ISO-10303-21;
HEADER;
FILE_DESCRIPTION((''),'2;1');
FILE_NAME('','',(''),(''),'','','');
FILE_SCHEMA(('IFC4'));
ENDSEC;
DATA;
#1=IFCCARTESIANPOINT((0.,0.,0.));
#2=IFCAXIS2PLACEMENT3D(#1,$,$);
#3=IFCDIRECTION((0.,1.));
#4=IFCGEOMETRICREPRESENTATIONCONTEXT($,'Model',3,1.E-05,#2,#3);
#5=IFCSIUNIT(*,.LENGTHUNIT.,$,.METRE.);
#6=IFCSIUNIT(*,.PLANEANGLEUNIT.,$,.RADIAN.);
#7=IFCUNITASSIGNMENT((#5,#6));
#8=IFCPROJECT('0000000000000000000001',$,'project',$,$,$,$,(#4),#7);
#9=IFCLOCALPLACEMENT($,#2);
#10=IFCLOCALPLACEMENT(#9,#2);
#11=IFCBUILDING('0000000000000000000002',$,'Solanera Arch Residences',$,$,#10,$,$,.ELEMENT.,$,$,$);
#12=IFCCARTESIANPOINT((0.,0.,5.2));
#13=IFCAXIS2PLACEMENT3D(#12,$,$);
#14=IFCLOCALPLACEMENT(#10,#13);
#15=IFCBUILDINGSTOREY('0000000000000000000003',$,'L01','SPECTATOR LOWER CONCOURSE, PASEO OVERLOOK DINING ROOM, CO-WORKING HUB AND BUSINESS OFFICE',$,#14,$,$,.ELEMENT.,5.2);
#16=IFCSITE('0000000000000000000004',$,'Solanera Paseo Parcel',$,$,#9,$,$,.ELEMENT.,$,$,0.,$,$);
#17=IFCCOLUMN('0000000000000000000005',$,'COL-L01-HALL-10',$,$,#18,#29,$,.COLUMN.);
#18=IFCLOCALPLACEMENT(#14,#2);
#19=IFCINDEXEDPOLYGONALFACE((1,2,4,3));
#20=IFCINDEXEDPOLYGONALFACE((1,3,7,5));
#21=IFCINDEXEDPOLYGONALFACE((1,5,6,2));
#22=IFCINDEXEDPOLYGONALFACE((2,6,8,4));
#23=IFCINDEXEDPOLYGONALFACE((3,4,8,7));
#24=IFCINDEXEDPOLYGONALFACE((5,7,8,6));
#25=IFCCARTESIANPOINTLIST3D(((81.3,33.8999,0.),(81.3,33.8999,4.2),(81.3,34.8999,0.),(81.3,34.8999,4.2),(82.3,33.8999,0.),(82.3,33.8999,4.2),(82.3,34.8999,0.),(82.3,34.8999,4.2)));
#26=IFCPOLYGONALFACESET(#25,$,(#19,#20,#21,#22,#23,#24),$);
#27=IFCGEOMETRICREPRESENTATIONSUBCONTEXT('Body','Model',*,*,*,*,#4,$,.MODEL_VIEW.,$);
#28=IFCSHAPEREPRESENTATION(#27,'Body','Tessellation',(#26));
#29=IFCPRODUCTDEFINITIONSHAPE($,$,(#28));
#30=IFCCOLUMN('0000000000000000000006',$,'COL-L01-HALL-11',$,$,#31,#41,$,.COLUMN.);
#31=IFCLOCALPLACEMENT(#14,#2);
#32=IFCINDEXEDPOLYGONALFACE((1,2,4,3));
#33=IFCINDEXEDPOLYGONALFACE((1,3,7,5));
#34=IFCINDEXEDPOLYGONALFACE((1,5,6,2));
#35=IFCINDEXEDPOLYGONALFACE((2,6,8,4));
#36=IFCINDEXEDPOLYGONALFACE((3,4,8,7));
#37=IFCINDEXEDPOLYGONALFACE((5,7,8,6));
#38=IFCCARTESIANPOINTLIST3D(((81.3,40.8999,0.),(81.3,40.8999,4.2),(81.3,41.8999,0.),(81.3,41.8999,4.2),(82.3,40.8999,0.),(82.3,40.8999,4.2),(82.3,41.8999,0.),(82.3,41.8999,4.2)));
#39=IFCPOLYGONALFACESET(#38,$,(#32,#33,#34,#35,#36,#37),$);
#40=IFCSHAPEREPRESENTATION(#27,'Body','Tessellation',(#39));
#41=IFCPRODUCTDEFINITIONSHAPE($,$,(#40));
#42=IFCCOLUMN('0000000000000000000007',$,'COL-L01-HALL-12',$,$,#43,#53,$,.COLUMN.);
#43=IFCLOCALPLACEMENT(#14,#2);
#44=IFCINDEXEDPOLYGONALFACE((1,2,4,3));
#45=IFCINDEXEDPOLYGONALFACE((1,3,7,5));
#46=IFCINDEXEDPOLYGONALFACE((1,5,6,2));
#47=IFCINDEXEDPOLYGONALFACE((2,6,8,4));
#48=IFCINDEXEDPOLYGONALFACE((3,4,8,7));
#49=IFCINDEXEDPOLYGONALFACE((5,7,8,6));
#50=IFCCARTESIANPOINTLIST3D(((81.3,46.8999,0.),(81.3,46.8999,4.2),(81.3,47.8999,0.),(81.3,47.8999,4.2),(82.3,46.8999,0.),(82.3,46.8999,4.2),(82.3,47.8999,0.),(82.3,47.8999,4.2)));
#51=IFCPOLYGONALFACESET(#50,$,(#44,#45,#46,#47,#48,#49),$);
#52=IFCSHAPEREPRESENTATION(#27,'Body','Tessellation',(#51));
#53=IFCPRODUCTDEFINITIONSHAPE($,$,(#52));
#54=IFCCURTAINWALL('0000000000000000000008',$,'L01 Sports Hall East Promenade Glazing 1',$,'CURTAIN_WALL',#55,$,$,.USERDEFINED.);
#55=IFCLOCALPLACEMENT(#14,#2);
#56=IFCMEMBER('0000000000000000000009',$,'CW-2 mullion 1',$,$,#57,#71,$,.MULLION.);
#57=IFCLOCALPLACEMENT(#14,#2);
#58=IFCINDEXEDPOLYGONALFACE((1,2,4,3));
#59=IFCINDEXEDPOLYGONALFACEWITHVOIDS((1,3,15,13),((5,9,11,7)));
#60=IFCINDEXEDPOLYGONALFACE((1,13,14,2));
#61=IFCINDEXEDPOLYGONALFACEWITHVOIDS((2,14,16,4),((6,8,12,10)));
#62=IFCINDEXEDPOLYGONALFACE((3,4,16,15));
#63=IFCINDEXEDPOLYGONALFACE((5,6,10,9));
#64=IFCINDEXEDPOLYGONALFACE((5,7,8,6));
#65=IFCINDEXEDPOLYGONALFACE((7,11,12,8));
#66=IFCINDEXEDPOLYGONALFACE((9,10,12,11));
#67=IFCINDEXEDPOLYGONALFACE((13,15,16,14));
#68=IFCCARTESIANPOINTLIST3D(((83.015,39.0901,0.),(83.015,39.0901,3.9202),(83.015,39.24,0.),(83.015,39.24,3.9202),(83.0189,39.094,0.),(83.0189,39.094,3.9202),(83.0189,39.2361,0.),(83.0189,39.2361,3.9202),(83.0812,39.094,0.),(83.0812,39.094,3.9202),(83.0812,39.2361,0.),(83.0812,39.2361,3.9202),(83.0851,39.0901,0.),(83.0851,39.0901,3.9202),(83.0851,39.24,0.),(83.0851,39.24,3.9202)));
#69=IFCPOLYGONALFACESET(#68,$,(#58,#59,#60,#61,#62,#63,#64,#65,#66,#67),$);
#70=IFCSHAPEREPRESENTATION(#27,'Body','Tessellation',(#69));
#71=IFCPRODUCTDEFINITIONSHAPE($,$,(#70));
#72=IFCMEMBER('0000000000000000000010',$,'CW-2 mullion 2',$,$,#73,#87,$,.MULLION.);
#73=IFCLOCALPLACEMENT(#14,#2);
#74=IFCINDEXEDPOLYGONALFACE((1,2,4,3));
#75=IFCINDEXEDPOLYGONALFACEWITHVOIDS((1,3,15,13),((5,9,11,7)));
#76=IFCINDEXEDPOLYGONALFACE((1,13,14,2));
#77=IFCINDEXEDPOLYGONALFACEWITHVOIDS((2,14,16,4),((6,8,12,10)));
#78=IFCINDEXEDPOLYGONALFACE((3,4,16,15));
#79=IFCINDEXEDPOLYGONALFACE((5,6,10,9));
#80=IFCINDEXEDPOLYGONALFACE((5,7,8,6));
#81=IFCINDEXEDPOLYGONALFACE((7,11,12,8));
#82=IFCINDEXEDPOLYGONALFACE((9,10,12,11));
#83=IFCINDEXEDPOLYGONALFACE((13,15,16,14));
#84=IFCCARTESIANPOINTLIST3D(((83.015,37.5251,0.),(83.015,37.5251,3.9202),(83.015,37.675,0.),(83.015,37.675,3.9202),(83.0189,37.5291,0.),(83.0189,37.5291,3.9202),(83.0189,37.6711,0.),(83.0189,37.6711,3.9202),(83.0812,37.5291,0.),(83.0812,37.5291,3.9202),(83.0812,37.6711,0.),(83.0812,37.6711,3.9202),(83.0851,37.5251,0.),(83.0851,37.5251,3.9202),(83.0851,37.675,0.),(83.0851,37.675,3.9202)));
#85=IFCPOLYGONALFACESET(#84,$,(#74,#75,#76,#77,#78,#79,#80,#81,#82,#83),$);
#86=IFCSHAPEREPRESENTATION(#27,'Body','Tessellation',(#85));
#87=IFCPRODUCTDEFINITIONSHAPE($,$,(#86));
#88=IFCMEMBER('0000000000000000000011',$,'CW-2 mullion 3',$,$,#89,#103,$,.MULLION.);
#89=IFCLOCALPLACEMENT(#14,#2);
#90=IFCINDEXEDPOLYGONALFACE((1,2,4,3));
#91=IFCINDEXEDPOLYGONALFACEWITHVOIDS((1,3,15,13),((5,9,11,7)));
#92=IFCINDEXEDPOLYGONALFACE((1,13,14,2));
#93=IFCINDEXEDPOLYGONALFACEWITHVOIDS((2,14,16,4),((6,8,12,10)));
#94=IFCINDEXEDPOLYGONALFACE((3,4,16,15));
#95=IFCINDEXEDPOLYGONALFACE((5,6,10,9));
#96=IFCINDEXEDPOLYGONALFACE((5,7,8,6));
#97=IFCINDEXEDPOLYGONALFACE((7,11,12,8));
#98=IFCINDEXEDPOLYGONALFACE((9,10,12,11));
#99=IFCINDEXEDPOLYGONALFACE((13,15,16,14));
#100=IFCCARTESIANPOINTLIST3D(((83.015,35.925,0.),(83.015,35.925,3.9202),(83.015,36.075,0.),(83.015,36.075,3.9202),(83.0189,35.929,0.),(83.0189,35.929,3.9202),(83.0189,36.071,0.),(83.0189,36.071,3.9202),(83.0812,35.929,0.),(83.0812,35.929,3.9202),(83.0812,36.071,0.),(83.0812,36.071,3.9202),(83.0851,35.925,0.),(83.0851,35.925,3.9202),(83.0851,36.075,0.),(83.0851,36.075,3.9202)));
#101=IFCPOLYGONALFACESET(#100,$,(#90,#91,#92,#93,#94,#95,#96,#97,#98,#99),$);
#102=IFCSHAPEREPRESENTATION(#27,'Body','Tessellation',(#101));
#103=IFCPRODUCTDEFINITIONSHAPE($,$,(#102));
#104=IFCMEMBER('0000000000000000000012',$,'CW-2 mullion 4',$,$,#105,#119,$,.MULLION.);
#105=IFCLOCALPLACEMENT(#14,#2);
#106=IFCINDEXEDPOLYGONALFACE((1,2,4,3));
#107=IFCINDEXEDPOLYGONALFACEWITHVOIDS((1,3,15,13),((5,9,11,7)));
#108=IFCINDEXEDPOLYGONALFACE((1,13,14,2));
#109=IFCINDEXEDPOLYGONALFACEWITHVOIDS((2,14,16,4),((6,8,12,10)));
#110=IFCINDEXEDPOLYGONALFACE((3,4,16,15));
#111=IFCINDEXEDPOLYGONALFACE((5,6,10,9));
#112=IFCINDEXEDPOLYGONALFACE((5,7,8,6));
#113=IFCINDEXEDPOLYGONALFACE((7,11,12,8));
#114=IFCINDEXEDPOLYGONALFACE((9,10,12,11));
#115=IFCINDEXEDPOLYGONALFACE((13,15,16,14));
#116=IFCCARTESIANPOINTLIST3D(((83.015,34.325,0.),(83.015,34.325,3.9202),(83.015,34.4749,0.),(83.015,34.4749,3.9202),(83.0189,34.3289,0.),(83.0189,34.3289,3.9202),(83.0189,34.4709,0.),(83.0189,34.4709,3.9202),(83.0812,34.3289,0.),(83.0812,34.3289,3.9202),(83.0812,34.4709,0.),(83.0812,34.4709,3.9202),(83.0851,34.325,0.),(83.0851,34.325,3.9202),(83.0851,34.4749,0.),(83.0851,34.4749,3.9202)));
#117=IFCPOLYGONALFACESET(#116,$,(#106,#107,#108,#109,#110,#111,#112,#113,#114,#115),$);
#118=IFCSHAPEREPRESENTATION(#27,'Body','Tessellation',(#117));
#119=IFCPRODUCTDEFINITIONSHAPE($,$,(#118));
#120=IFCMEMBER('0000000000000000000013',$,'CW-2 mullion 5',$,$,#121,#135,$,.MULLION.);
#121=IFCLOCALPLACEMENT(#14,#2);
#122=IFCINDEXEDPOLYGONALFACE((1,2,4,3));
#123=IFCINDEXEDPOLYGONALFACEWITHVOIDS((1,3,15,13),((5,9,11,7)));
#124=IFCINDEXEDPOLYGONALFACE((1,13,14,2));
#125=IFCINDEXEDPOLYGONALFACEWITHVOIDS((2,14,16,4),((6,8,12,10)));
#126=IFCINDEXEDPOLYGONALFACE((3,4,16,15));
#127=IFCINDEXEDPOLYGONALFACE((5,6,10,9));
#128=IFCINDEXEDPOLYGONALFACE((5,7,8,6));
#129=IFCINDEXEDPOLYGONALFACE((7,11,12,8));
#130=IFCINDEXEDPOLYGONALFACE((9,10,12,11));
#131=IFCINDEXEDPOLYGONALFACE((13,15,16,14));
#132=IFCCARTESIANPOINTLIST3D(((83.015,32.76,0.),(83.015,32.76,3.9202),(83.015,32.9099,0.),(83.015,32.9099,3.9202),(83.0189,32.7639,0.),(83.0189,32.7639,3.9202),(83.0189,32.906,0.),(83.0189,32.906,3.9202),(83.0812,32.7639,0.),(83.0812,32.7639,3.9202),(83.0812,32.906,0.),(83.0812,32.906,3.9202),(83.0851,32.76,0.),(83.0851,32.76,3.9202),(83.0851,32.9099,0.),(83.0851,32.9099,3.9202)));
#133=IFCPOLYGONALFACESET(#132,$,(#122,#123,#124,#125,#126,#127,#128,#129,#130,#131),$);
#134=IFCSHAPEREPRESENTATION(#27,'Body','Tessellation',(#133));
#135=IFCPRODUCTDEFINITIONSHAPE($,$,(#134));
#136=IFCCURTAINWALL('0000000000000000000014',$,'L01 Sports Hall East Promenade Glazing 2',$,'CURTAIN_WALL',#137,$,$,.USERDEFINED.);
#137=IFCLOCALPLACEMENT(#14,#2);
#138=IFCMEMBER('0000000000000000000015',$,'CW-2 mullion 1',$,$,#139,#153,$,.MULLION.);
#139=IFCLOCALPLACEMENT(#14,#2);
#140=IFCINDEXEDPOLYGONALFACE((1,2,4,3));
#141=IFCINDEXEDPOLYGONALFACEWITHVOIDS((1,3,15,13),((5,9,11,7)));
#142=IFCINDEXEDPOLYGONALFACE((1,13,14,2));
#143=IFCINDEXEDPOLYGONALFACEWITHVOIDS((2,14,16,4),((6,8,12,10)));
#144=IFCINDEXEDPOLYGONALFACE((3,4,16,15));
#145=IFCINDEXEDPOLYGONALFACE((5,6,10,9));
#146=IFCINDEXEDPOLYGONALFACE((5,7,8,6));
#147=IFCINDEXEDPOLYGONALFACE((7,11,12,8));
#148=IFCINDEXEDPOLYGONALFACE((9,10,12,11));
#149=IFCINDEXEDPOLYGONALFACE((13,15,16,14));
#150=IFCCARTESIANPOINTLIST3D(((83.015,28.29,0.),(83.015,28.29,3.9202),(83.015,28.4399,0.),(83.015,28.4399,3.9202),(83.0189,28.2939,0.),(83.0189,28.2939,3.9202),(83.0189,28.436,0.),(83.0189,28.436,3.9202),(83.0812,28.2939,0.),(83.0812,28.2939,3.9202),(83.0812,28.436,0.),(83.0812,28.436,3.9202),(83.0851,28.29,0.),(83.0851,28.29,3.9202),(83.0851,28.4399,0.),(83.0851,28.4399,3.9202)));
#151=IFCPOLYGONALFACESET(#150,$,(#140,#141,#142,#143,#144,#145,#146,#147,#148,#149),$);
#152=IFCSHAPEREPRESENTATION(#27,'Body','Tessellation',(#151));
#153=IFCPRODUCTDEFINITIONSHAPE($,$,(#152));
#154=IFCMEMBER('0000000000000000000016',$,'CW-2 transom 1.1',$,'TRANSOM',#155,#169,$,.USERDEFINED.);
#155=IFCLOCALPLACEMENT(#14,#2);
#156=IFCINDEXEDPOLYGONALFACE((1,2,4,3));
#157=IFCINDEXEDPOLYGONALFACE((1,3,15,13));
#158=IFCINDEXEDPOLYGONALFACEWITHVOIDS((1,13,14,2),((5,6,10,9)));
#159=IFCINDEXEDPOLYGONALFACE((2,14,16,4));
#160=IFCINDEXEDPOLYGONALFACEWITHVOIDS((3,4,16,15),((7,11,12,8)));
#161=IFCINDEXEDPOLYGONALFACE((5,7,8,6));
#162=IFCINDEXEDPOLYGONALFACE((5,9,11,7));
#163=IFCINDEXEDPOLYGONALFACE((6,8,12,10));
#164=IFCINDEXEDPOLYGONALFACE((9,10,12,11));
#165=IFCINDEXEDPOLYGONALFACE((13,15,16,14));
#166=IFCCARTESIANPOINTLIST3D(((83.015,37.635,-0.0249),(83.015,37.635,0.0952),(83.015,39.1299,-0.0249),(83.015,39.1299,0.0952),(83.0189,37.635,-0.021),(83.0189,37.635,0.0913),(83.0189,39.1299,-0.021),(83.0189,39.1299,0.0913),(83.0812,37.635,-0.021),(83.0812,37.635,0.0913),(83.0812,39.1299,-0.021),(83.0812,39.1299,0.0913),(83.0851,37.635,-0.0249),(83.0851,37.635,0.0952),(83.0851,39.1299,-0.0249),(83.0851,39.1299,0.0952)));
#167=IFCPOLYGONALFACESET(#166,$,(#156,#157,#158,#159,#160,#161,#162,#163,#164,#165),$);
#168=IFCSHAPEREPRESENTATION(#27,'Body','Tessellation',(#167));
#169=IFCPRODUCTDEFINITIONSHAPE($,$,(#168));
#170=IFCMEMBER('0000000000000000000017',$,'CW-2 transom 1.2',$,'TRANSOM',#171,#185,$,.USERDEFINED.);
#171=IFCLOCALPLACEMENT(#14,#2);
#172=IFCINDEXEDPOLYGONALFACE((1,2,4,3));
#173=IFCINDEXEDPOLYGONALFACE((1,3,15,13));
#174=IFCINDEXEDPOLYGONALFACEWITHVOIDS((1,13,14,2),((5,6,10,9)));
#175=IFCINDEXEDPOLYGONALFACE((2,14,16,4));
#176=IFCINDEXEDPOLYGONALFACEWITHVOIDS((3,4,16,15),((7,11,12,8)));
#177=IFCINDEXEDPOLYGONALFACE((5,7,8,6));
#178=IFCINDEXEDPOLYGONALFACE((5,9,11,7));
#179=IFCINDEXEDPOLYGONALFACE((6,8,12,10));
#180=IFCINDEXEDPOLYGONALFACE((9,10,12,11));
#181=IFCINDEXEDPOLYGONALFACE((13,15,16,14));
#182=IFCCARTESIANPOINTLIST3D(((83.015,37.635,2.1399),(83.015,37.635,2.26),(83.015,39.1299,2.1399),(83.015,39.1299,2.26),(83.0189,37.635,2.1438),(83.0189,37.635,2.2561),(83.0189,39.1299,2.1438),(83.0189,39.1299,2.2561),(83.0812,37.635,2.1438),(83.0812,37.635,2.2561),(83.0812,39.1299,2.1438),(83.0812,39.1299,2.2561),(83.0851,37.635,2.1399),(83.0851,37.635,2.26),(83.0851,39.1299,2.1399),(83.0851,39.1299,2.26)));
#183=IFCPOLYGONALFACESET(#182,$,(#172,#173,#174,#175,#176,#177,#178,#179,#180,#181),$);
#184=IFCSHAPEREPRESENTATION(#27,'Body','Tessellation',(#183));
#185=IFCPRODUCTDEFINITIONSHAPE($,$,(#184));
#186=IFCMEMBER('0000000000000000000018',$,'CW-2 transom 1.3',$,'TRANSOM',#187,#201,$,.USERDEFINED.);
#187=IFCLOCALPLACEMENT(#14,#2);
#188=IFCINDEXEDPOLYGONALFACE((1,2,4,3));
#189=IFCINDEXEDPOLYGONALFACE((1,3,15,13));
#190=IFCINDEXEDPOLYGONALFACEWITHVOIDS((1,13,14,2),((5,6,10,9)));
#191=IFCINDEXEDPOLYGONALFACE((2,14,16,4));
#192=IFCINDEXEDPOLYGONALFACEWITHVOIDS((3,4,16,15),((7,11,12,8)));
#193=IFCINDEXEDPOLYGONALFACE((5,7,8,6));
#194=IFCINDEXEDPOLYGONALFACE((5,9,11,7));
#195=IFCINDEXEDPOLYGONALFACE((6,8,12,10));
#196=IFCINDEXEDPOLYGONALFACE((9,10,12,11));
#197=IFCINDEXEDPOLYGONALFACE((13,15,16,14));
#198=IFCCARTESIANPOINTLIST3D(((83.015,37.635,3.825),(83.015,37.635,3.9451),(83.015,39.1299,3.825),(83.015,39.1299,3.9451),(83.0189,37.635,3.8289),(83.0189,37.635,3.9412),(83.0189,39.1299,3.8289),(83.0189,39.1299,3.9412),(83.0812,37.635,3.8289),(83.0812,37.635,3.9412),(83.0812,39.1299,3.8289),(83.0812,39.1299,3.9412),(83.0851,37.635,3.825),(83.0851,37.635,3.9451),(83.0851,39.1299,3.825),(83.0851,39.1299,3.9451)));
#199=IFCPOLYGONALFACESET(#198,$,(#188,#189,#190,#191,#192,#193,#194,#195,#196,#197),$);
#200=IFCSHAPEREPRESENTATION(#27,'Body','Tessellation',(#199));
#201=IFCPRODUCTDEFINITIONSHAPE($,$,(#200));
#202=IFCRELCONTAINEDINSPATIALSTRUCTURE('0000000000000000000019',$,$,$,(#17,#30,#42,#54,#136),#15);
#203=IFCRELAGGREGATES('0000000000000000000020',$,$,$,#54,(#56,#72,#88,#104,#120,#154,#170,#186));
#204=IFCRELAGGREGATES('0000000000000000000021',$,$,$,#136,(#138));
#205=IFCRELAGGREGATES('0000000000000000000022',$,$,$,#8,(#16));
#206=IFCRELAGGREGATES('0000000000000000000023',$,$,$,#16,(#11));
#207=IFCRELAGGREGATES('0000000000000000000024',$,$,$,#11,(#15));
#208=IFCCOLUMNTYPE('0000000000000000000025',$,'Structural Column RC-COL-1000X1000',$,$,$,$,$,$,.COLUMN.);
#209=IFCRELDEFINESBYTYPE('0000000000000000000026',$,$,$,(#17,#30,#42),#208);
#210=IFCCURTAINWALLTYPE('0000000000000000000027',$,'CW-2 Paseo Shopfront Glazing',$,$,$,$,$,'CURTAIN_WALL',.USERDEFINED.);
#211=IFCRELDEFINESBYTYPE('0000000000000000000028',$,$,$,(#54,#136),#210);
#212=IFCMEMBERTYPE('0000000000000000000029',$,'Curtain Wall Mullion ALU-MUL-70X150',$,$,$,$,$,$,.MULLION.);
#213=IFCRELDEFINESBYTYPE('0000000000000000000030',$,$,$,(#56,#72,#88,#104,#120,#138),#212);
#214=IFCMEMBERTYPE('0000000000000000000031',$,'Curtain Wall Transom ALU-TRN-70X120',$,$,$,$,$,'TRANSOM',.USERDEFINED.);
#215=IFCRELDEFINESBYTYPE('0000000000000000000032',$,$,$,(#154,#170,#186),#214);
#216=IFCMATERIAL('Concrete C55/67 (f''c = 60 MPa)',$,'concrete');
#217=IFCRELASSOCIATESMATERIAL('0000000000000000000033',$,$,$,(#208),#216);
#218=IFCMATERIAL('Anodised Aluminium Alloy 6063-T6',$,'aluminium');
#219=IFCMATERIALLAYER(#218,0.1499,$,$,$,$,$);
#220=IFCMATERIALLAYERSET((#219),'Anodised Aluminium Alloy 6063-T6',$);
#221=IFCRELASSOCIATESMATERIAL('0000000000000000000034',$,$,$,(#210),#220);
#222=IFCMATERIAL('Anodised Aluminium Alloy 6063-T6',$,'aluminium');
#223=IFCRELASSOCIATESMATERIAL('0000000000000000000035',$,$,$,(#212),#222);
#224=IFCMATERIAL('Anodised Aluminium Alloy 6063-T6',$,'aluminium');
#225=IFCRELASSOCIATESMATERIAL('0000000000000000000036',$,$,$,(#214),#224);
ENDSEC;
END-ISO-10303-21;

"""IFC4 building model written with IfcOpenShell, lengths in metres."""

from ifc_helpers import new_model, si_unit, direction, frame, origin, origin_2d, place, context, subcontext, project, spatial, rectangle, hollow_rectangle, extrude, material, layer, layer_set, material_profile, profile_set, type_object, element, aggregate, save


model = new_model("IFC4")

# Units and contexts
model_context = context("Model", 3, precision=1e-05, world=origin(), true_north=direction((0.0, 1.0)))
body_context = subcontext(model_context, "Body", "Model", "MODEL_VIEW")
ifc_project = project(units=[si_unit("LENGTHUNIT", "METRE"), si_unit("PLANEANGLEUNIT", "RADIAN")], contexts=[model_context])

# Site, building, storey
site_placement = place(None, origin())
site = spatial("IfcSite", under=ifc_project, at=site_placement, Name="Solanera Paseo Parcel", CompositionType="ELEMENT", RefElevation=0.0)
building_placement = place(site_placement, origin())
building = spatial("IfcBuilding", under=site, at=building_placement, Name="Solanera Arch Residences", CompositionType="ELEMENT")
storey_placement = place(building_placement, frame((0.0, 0.0, 5.2)))
storey = spatial("IfcBuildingStorey", under=building, at=storey_placement, Name="L01", Description="SPECTATOR LOWER CONCOURSE, PASEO OVERLOOK DINING ROOM, CO-WORKING HUB AND BUSINESS OFFICE", CompositionType="ELEMENT", Elevation=5.2)

# Columns
ifc_material_1 = material(Name="Concrete C55/67 (f'c = 60 MPa)", Category="concrete")
ifc_material_profile_1 = material_profile(ifc_material_1, rectangle(XDim=1.0, YDim=1.0, at=origin_2d()))
ifc_profile_set_1 = profile_set([ifc_material_profile_1], Name="Concrete C55/67 (f'c = 60 MPa)")
column_type = type_object("IfcColumnType", Name="Structural Column RC-COL-1000X1000", PredefinedType="COLUMN", material=ifc_profile_set_1)
for number, where, z_axis, x_axis, name in (
    (1, (81.8, 34.3999, 0.0), (0.0, 0.0, 1.0), (1.0, 0.0, 0.0), "COL-L01-HALL-10"),
    (2, (81.8, 41.3999, 0.0), (0.0, 0.0, 1.0), (1.0, 0.0, 0.0), "COL-L01-HALL-11"),
    (3, (81.8, 47.3999, 0.0), (0.0, 0.0, 1.0), (1.0, 0.0, 0.0), "COL-L01-HALL-12"),
):
    element("IfcColumn", number, at=place(storey_placement, frame(where, z_axis=z_axis, x_axis=x_axis)), inside=storey, type_object=column_type, Name=name, PredefinedType="COLUMN", context=body_context, shape_type="SweptSolid", body=[
        extrude(rectangle(XDim=1.0, YDim=1.0, at=origin_2d()), origin(), (0.0, 0.0, 1.0), 4.2),
    ])

# Curtain wall, members
ifc_material_2 = material(Name="Anodised Aluminium Alloy 6063-T6", Category="aluminium")
ifc_layer_1 = layer(ifc_material_2, 0.1499)
ifc_layer_set_1 = layer_set([ifc_layer_1], Name="Anodised Aluminium Alloy 6063-T6")
curtain_wall_type = type_object("IfcCurtainWallType", Name="CW-2 Paseo Shopfront Glazing", ElementType="CURTAIN_WALL", PredefinedType="USERDEFINED", material=ifc_layer_set_1)
curtain_wall_1_placement = place(storey_placement, origin())
curtain_wall_1 = element("IfcCurtainWall", 4, at=curtain_wall_1_placement, inside=storey, type_object=curtain_wall_type, Name="L01 Sports Hall East Promenade Glazing 1", ObjectType="CURTAIN_WALL", PredefinedType="USERDEFINED")
ifc_material_3 = material(Name="Anodised Aluminium Alloy 6063-T6", Category="aluminium")
ifc_material_profile_2 = material_profile(ifc_material_3, hollow_rectangle(XDim=0.0701, YDim=0.1499, WallThickness=0.0039, at=origin_2d()))
ifc_profile_set_2 = profile_set([ifc_material_profile_2], Name="Anodised Aluminium Alloy 6063-T6")
member_type_1 = type_object("IfcMemberType", Name="Curtain Wall Mullion ALU-MUL-70X150", PredefinedType="MULLION", material=ifc_profile_set_2)
member_1_placement = place(storey_placement, frame((83.05, 39.165, 0.0), z_axis=(0.0, 0.0, 1.0), x_axis=(1.0, 0.0, 0.0)))
member_1 = element("IfcMember", 5, at=member_1_placement, type_object=member_type_1, Name="CW-2 mullion 1", PredefinedType="MULLION", context=body_context, shape_type="SweptSolid", body=[
    extrude(hollow_rectangle(XDim=0.0701, YDim=0.1499, WallThickness=0.0039, at=origin_2d()), origin(), (0.0, 0.0, 1.0), 3.9202),
])
member_2_placement = place(storey_placement, frame((83.05, 37.6001, 0.0), z_axis=(0.0, 0.0, 1.0), x_axis=(1.0, 0.0, 0.0)))
member_2 = element("IfcMember", 6, at=member_2_placement, type_object=member_type_1, Name="CW-2 mullion 2", PredefinedType="MULLION", context=body_context, shape_type="SweptSolid", body=[
    extrude(hollow_rectangle(XDim=0.0701, YDim=0.1499, WallThickness=0.0039, at=origin_2d()), origin(), (0.0, 0.0, 1.0), 3.9202),
])
member_3_placement = place(storey_placement, frame((83.05, 36.0, 0.0), z_axis=(0.0, 0.0, 1.0), x_axis=(1.0, 0.0, 0.0)))
member_3 = element("IfcMember", 7, at=member_3_placement, type_object=member_type_1, Name="CW-2 mullion 3", PredefinedType="MULLION", context=body_context, shape_type="SweptSolid", body=[
    extrude(hollow_rectangle(XDim=0.0701, YDim=0.1499, WallThickness=0.0039, at=origin_2d()), origin(), (0.0, 0.0, 1.0), 3.9202),
])
member_4_placement = place(storey_placement, frame((83.05, 34.3999, 0.0), z_axis=(0.0, 0.0, 1.0), x_axis=(1.0, 0.0, 0.0)))
member_4 = element("IfcMember", 8, at=member_4_placement, type_object=member_type_1, Name="CW-2 mullion 4", PredefinedType="MULLION", context=body_context, shape_type="SweptSolid", body=[
    extrude(hollow_rectangle(XDim=0.0701, YDim=0.1499, WallThickness=0.0039, at=origin_2d()), origin(), (0.0, 0.0, 1.0), 3.9202),
])
member_5_placement = place(storey_placement, frame((83.05, 32.835, 0.0), z_axis=(0.0, 0.0, 1.0), x_axis=(1.0, 0.0, 0.0)))
member_5 = element("IfcMember", 9, at=member_5_placement, type_object=member_type_1, Name="CW-2 mullion 5", PredefinedType="MULLION", context=body_context, shape_type="SweptSolid", body=[
    extrude(hollow_rectangle(XDim=0.0701, YDim=0.1499, WallThickness=0.0039, at=origin_2d()), origin(), (0.0, 0.0, 1.0), 3.9202),
])

# Curtain wall, member
curtain_wall_2_placement = place(storey_placement, origin())
curtain_wall_2 = element("IfcCurtainWall", 10, at=curtain_wall_2_placement, inside=storey, type_object=curtain_wall_type, Name="L01 Sports Hall East Promenade Glazing 2", ObjectType="CURTAIN_WALL", PredefinedType="USERDEFINED")
member_6_placement = place(storey_placement, frame((83.05, 28.365, 0.0), z_axis=(0.0, 0.0, 1.0), x_axis=(1.0, 0.0, 0.0)))
member_6 = element("IfcMember", 11, at=member_6_placement, type_object=member_type_1, Name="CW-2 mullion 1", PredefinedType="MULLION", context=body_context, shape_type="SweptSolid", body=[
    extrude(hollow_rectangle(XDim=0.0701, YDim=0.1499, WallThickness=0.0039, at=origin_2d()), origin(), (0.0, 0.0, 1.0), 3.9202),
])

# Members
ifc_material_4 = material(Name="Anodised Aluminium Alloy 6063-T6", Category="aluminium")
ifc_material_profile_3 = material_profile(ifc_material_4, hollow_rectangle(XDim=0.0701, YDim=0.1201, WallThickness=0.0039, at=origin_2d()))
ifc_profile_set_3 = profile_set([ifc_material_profile_3], Name="Anodised Aluminium Alloy 6063-T6")
member_type_2 = type_object("IfcMemberType", Name="Curtain Wall Transom ALU-TRN-70X120", ElementType="TRANSOM", PredefinedType="USERDEFINED", material=ifc_profile_set_3)
member_7_placement = place(storey_placement, frame((83.05, 39.1299, 0.0352), z_axis=(0.0, -1.0, 0.0), x_axis=(1.0, 0.0, 0.0)))
member_7 = element("IfcMember", 12, at=member_7_placement, type_object=member_type_2, Name="CW-2 transom 1.1", ObjectType="TRANSOM", PredefinedType="USERDEFINED", context=body_context, shape_type="SweptSolid", body=[
    extrude(hollow_rectangle(XDim=0.0701, YDim=0.1201, WallThickness=0.0039, at=origin_2d()), origin(), (0.0, 0.0, 1.0), 1.4949),
])
member_8_placement = place(storey_placement, frame((83.05, 39.1299, 2.2), z_axis=(0.0, -1.0, 0.0), x_axis=(1.0, 0.0, 0.0)))
member_8 = element("IfcMember", 13, at=member_8_placement, type_object=member_type_2, Name="CW-2 transom 1.2", ObjectType="TRANSOM", PredefinedType="USERDEFINED", context=body_context, shape_type="SweptSolid", body=[
    extrude(hollow_rectangle(XDim=0.0701, YDim=0.1201, WallThickness=0.0039, at=origin_2d()), origin(), (0.0, 0.0, 1.0), 1.4949),
])
member_9_placement = place(storey_placement, frame((83.05, 39.1299, 3.885), z_axis=(0.0, -1.0, 0.0), x_axis=(1.0, 0.0, 0.0)))
member_9 = element("IfcMember", 14, at=member_9_placement, type_object=member_type_2, Name="CW-2 transom 1.3", ObjectType="TRANSOM", PredefinedType="USERDEFINED", context=body_context, shape_type="SweptSolid", body=[
    extrude(hollow_rectangle(XDim=0.0701, YDim=0.1201, WallThickness=0.0039, at=origin_2d()), origin(), (0.0, 0.0, 1.0), 1.4949),
])

aggregate(curtain_wall_1, [member_1, member_2, member_3, member_4, member_5, member_7, member_8, member_9])
aggregate(curtain_wall_2, [member_6])

save(model, "model.ifc")
